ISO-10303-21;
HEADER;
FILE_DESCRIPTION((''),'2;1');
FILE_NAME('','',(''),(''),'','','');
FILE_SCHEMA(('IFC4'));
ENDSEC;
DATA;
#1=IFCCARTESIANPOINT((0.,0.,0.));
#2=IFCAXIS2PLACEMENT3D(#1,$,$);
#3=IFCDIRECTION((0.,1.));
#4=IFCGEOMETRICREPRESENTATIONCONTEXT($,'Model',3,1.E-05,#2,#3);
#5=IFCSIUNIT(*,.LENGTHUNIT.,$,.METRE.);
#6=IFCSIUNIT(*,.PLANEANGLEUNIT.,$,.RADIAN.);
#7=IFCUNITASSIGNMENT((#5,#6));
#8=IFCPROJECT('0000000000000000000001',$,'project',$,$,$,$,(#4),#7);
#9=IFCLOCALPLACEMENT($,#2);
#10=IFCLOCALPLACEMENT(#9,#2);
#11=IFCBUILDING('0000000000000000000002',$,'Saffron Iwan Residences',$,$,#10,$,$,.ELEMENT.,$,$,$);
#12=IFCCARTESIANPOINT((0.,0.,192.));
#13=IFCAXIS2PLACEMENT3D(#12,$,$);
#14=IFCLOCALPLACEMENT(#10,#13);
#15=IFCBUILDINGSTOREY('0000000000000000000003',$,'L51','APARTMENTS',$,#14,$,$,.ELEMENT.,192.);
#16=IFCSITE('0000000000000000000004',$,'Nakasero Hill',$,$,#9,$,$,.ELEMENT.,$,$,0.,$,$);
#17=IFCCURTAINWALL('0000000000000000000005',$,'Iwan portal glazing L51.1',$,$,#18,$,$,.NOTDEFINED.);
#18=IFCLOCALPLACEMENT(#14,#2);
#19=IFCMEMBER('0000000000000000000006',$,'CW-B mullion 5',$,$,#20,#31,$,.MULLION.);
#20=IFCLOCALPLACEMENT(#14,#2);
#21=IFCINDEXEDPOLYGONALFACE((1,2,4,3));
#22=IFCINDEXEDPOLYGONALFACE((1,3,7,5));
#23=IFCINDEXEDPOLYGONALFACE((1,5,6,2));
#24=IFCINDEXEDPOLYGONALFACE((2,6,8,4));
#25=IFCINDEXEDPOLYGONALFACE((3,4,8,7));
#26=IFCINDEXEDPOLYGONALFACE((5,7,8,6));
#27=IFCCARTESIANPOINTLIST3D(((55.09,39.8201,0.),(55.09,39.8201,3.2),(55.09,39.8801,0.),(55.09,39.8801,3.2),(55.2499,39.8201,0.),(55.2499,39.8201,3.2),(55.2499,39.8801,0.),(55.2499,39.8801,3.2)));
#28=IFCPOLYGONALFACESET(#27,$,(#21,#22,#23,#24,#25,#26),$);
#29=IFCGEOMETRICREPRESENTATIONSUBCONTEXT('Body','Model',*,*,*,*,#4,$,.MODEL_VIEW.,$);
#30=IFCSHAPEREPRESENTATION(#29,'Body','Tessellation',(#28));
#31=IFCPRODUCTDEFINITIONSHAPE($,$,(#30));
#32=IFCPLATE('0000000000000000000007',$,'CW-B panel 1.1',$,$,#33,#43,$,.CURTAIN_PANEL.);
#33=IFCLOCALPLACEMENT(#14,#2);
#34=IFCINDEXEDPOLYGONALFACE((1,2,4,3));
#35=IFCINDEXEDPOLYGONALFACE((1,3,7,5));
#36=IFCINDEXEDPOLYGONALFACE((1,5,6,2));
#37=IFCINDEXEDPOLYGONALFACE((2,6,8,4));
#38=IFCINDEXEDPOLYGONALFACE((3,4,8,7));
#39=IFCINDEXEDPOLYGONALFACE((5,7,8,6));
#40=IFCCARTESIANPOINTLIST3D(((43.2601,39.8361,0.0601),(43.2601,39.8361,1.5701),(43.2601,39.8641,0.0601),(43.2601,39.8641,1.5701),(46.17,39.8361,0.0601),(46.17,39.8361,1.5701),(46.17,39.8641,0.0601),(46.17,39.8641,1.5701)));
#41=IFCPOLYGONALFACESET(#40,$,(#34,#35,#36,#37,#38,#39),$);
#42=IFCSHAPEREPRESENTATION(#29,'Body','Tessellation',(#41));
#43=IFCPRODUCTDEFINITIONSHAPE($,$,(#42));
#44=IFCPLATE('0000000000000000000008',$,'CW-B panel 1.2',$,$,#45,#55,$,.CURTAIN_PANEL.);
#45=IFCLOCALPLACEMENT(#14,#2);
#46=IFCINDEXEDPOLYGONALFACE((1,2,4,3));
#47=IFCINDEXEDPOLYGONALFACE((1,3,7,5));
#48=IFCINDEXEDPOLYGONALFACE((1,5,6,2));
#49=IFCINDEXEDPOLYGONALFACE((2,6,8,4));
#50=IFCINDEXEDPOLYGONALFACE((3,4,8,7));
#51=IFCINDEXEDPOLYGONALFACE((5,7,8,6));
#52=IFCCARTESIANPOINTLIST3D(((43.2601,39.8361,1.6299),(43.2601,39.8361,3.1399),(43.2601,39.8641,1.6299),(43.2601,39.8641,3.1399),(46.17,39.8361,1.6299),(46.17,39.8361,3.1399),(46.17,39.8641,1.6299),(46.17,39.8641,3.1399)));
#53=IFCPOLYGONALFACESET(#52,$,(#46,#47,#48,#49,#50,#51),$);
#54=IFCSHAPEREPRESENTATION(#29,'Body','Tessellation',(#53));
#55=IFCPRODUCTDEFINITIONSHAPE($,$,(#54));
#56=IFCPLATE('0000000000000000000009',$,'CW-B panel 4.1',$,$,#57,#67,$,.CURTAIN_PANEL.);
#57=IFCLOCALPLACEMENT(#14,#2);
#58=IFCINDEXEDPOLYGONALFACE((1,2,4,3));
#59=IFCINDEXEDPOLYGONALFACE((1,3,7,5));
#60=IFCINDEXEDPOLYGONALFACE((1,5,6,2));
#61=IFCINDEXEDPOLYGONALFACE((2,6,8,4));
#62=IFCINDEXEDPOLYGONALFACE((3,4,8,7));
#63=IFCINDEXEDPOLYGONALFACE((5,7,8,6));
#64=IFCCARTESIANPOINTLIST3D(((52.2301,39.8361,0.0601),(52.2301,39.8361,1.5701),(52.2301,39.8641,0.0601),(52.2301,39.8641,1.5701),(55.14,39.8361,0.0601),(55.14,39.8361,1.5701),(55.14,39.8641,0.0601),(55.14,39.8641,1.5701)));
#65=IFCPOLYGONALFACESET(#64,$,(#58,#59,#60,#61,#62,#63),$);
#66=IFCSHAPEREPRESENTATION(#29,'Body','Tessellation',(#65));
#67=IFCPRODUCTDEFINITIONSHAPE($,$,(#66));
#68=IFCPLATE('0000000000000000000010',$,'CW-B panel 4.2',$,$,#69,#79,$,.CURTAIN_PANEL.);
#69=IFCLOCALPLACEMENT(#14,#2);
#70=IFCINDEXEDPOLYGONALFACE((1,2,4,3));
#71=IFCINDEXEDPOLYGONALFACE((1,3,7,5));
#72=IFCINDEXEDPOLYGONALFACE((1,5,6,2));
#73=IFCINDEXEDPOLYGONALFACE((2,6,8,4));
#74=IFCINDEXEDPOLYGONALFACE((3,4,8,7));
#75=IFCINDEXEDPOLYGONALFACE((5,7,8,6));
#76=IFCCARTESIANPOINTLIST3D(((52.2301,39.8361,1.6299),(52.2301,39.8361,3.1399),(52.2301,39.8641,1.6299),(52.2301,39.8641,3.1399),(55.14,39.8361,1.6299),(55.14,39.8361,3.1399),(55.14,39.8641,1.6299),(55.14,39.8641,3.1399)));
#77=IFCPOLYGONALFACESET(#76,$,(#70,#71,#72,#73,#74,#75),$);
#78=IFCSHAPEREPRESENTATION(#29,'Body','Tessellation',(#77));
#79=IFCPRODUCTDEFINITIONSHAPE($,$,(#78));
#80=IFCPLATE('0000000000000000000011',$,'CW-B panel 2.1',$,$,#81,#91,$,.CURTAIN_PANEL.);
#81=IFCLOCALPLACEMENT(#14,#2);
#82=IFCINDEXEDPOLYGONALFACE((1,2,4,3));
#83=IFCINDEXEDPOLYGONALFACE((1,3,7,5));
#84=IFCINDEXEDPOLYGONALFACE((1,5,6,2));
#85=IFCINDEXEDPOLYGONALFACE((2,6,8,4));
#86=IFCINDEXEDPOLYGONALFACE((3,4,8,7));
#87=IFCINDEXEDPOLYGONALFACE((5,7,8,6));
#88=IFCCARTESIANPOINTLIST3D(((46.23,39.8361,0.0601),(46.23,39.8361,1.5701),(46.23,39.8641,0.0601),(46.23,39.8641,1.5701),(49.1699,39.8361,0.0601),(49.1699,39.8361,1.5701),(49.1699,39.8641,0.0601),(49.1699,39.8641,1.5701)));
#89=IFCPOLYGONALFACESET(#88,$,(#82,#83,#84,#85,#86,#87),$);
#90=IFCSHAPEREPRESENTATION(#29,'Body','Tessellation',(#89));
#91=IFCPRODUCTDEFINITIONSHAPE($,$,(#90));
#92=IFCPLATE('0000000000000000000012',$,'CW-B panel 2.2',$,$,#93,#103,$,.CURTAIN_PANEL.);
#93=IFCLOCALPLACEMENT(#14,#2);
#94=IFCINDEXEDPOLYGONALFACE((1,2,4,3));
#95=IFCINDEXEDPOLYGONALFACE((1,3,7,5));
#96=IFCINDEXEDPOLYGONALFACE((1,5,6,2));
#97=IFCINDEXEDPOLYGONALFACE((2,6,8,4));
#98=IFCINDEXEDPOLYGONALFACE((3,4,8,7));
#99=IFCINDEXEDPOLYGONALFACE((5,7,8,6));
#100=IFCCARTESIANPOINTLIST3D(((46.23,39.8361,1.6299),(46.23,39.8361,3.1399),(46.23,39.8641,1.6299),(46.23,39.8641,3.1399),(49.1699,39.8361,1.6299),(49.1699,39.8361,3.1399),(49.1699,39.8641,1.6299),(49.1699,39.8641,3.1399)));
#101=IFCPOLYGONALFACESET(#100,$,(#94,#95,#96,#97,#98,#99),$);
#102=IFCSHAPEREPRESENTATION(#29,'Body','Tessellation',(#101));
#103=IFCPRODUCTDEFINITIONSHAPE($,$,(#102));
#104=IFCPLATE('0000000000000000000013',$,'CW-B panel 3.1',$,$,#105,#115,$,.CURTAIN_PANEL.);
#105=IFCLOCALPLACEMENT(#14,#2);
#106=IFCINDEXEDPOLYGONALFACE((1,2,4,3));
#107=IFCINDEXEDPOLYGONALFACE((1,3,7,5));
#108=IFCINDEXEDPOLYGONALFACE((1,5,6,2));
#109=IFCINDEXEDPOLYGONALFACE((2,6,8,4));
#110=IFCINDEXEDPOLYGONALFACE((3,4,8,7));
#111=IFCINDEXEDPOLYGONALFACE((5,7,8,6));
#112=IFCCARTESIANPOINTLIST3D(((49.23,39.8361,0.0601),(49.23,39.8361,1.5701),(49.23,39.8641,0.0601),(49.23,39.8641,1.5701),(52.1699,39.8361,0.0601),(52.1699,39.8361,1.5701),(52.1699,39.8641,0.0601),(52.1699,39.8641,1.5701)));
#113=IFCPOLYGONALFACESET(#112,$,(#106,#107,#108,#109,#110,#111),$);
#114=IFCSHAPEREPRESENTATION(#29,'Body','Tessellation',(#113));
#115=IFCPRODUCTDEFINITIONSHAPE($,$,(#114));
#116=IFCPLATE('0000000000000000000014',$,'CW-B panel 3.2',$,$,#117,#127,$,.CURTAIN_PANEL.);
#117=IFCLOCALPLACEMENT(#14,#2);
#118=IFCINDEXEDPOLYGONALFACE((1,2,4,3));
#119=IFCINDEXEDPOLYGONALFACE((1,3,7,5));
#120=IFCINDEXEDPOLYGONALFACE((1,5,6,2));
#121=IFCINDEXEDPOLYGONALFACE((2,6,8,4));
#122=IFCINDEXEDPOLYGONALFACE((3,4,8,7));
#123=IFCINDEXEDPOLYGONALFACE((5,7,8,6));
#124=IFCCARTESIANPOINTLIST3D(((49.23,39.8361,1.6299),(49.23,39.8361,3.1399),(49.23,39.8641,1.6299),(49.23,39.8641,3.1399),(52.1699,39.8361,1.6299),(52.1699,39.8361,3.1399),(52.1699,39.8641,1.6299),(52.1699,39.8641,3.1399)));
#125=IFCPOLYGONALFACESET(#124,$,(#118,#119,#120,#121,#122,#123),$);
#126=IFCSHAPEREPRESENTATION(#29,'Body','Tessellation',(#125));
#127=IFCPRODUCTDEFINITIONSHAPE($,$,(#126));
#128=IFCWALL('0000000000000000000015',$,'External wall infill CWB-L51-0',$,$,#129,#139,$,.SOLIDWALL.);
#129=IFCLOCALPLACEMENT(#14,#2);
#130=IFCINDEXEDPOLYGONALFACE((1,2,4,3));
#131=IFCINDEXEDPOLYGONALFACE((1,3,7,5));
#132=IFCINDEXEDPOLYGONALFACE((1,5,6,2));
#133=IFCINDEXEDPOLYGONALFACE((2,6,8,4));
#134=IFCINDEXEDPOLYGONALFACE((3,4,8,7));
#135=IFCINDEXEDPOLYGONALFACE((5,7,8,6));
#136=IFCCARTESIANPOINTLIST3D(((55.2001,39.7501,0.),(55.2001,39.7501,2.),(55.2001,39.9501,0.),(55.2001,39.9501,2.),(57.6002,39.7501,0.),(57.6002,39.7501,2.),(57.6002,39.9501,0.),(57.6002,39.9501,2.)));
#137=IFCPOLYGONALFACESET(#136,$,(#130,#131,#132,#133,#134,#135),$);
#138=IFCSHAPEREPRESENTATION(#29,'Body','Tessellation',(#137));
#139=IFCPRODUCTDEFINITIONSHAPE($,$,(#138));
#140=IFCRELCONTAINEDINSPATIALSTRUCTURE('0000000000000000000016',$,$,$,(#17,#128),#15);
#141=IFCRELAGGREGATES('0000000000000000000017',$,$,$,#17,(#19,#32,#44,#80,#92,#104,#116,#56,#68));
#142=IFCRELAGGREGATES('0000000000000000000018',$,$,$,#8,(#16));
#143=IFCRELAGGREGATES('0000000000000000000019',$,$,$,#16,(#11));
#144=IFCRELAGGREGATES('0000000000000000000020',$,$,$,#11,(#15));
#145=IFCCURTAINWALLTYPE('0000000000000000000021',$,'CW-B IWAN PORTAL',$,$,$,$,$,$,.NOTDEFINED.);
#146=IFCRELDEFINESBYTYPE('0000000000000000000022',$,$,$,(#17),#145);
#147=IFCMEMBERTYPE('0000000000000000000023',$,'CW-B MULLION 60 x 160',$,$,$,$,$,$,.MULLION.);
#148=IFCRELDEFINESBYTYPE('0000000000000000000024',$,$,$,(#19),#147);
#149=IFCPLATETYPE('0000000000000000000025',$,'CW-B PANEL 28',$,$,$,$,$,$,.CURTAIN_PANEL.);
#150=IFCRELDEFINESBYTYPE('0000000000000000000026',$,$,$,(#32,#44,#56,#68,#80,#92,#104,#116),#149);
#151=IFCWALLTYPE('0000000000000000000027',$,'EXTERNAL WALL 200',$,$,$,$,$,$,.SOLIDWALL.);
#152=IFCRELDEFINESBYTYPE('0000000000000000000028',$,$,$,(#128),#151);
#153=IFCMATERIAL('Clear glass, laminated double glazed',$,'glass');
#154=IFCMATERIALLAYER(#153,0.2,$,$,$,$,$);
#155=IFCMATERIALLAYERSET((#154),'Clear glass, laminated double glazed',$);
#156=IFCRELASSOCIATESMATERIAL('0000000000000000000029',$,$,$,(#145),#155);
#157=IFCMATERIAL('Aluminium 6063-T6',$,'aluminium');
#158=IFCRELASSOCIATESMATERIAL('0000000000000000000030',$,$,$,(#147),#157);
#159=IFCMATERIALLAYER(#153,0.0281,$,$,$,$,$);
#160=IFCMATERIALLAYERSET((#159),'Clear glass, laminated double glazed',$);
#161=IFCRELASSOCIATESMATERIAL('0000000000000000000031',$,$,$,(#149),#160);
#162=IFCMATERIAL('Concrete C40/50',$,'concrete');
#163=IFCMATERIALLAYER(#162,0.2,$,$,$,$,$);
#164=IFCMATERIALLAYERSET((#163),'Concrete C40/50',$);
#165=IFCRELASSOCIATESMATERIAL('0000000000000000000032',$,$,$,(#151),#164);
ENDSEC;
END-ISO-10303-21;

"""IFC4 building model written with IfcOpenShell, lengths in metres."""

from ifc_helpers import new_model, si_unit, direction, frame, frame_2d, origin, origin_2d, place, context, subcontext, project, spatial, rectangle, extrude, source, transform, mapped, material, layer, layer_set, material_profile, profile_set, type_object, element, aggregate, save


model = new_model("IFC4")

# Units and contexts
model_context = context("Model", 3, precision=1e-05, world=origin(), true_north=direction((0.0, 1.0)))
body_context = subcontext(model_context, "Body", "Model", "MODEL_VIEW")
ifc_project = project(units=[si_unit("LENGTHUNIT", "METRE"), si_unit("PLANEANGLEUNIT", "RADIAN")], contexts=[model_context])

# Site, building, storey
site_placement = place(None, origin())
site = spatial("IfcSite", under=ifc_project, at=site_placement, Name="Nakasero Hill", CompositionType="ELEMENT", RefElevation=0.0)
building_placement = place(site_placement, origin())
building = spatial("IfcBuilding", under=site, at=building_placement, Name="Saffron Iwan Residences", CompositionType="ELEMENT")
storey_placement = place(building_placement, frame((0.0, 0.0, 192.0)))
storey = spatial("IfcBuildingStorey", under=building, at=storey_placement, Name="L51", Description="APARTMENTS", CompositionType="ELEMENT", Elevation=192.0)

# Curtain wall, member, plates
ifc_material_1 = material(Name="Clear glass, laminated double glazed", Category="glass")
ifc_layer_1 = layer(ifc_material_1, 0.2)
ifc_layer_set_1 = layer_set([ifc_layer_1], Name="Clear glass, laminated double glazed")
curtain_wall_type = type_object("IfcCurtainWallType", Name="CW-B IWAN PORTAL", PredefinedType="NOTDEFINED", material=ifc_layer_set_1)
curtain_wall_placement = place(storey_placement, origin())
curtain_wall = element("IfcCurtainWall", 1, at=curtain_wall_placement, inside=storey, type_object=curtain_wall_type, Name="Iwan portal glazing L51.1", PredefinedType="NOTDEFINED")
ifc_material_2 = material(Name="Aluminium 6063-T6", Category="aluminium")
ifc_material_profile_1 = material_profile(ifc_material_2, rectangle(XDim=0.0601, YDim=0.1599, at=origin_2d()), Name="CW-B MULLION 60 x 160")
ifc_profile_set_1 = profile_set([ifc_material_profile_1], Name="Aluminium 6063-T6")
member_type_1 = type_object("IfcMemberType", Name="CW-B MULLION 60 x 160", PredefinedType="MULLION", material=ifc_profile_set_1)
shared_shape_1 = source(origin(), body_context, "Body", "SweptSolid", [
    extrude(rectangle(XDim=0.0601, YDim=0.1599, at=origin_2d()), origin(), (0.0, 0.0, 1.0), 3.2),
])
member_1_placement = place(storey_placement, frame((55.1699, 39.8501, 0.0), z_axis=(0.0, 0.0, 1.0), x_axis=(0.0, 1.0, 0.0)))
member_1 = element("IfcMember", 2, at=member_1_placement, type_object=member_type_1, Name="CW-B mullion 5", PredefinedType="MULLION", context=body_context, shape_type="MappedRepresentation", body=[
    mapped(shared_shape_1, transform((0.0, 0.0, 0.0))),
])
ifc_layer_2 = layer(ifc_material_1, 0.0281)
ifc_layer_set_2 = layer_set([ifc_layer_2], Name="Clear glass, laminated double glazed")
plate_type = type_object("IfcPlateType", Name="CW-B PANEL 28", PredefinedType="CURTAIN_PANEL", material=ifc_layer_set_2)
shared_shape_2 = source(origin(), body_context, "Body", "SweptSolid", [
    extrude(rectangle(XDim=2.9099, YDim=0.0281, at=origin_2d()), origin(), (0.0, 0.0, 1.0), 1.51),
])
plate_1_placement = place(storey_placement, frame((44.7151, 39.8501, 0.0601), z_axis=(0.0, 0.0, 1.0), x_axis=(1.0, 0.0, 0.0)))
plate_1 = element("IfcPlate", 3, at=plate_1_placement, type_object=plate_type, Name="CW-B panel 1.1", PredefinedType="CURTAIN_PANEL", context=body_context, shape_type="MappedRepresentation", body=[
    mapped(shared_shape_2, transform((0.0, 0.0, 0.0))),
])
plate_2_placement = place(storey_placement, frame((44.7151, 39.8501, 1.6299), z_axis=(0.0, 0.0, 1.0), x_axis=(1.0, 0.0, 0.0)))
plate_2 = element("IfcPlate", 4, at=plate_2_placement, type_object=plate_type, Name="CW-B panel 1.2", PredefinedType="CURTAIN_PANEL", context=body_context, shape_type="MappedRepresentation", body=[
    mapped(shared_shape_2, transform((0.0, 0.0, 0.0))),
])
plate_3_placement = place(storey_placement, frame((53.6851, 39.8501, 0.0601), z_axis=(0.0, 0.0, 1.0), x_axis=(1.0, 0.0, 0.0)))
plate_3 = element("IfcPlate", 5, at=plate_3_placement, type_object=plate_type, Name="CW-B panel 4.1", PredefinedType="CURTAIN_PANEL", context=body_context, shape_type="MappedRepresentation", body=[
    mapped(shared_shape_2, transform((0.0, 0.0, 0.0))),
])
plate_4_placement = place(storey_placement, frame((53.6851, 39.8501, 1.6299), z_axis=(0.0, 0.0, 1.0), x_axis=(1.0, 0.0, 0.0)))
plate_4 = element("IfcPlate", 6, at=plate_4_placement, type_object=plate_type, Name="CW-B panel 4.2", PredefinedType="CURTAIN_PANEL", context=body_context, shape_type="MappedRepresentation", body=[
    mapped(shared_shape_2, transform((0.0, 0.0, 0.0))),
])
shared_shape_3 = source(origin(), body_context, "Body", "SweptSolid", [
    extrude(rectangle(XDim=2.9399, YDim=0.0281, at=origin_2d()), origin(), (0.0, 0.0, 1.0), 1.51),
])
plate_5_placement = place(storey_placement, frame((47.7, 39.8501, 0.0601), z_axis=(0.0, 0.0, 1.0), x_axis=(1.0, 0.0, 0.0)))
plate_5 = element("IfcPlate", 7, at=plate_5_placement, type_object=plate_type, Name="CW-B panel 2.1", PredefinedType="CURTAIN_PANEL", context=body_context, shape_type="MappedRepresentation", body=[
    mapped(shared_shape_3, transform((0.0, 0.0, 0.0))),
])
plate_6_placement = place(storey_placement, frame((47.7, 39.8501, 1.6299), z_axis=(0.0, 0.0, 1.0), x_axis=(1.0, 0.0, 0.0)))
plate_6 = element("IfcPlate", 8, at=plate_6_placement, type_object=plate_type, Name="CW-B panel 2.2", PredefinedType="CURTAIN_PANEL", context=body_context, shape_type="MappedRepresentation", body=[
    mapped(shared_shape_3, transform((0.0, 0.0, 0.0))),
])
plate_7_placement = place(storey_placement, frame((50.7, 39.8501, 0.0601), z_axis=(0.0, 0.0, 1.0), x_axis=(1.0, 0.0, 0.0)))
plate_7 = element("IfcPlate", 9, at=plate_7_placement, type_object=plate_type, Name="CW-B panel 3.1", PredefinedType="CURTAIN_PANEL", context=body_context, shape_type="MappedRepresentation", body=[
    mapped(shared_shape_3, transform((0.0, 0.0, 0.0))),
])
plate_8_placement = place(storey_placement, frame((50.7, 39.8501, 1.6299), z_axis=(0.0, 0.0, 1.0), x_axis=(1.0, 0.0, 0.0)))
plate_8 = element("IfcPlate", 10, at=plate_8_placement, type_object=plate_type, Name="CW-B panel 3.2", PredefinedType="CURTAIN_PANEL", context=body_context, shape_type="MappedRepresentation", body=[
    mapped(shared_shape_3, transform((0.0, 0.0, 0.0))),
])
aggregate(curtain_wall, [member_1, plate_1, plate_2, plate_5, plate_6, plate_7, plate_8, plate_3, plate_4])

# Wall
ifc_material_3 = material(Name="Concrete C40/50", Category="concrete")
ifc_layer_3 = layer(ifc_material_3, 0.2)
ifc_layer_set_3 = layer_set([ifc_layer_3], Name="Concrete C40/50")
wall_type = type_object("IfcWallType", Name="EXTERNAL WALL 200", PredefinedType="SOLIDWALL", material=ifc_layer_set_3)
wall_placement = place(storey_placement, frame((55.2, 39.8501, 0.0), z_axis=(0.0, 0.0, 1.0), x_axis=(1.0, 0.0, 0.0)))
element("IfcWall", 11, at=wall_placement, inside=storey, type_object=wall_type, Name="External wall infill CWB-L51-0", PredefinedType="SOLIDWALL", context=body_context, shape_type="SweptSolid", body=[
    extrude(rectangle(XDim=2.4001, YDim=0.2, at=frame_2d((1.2002, 0.0))), origin(), (0.0, 0.0, 1.0), 2.0),
])

save(model, "model.ifc")
